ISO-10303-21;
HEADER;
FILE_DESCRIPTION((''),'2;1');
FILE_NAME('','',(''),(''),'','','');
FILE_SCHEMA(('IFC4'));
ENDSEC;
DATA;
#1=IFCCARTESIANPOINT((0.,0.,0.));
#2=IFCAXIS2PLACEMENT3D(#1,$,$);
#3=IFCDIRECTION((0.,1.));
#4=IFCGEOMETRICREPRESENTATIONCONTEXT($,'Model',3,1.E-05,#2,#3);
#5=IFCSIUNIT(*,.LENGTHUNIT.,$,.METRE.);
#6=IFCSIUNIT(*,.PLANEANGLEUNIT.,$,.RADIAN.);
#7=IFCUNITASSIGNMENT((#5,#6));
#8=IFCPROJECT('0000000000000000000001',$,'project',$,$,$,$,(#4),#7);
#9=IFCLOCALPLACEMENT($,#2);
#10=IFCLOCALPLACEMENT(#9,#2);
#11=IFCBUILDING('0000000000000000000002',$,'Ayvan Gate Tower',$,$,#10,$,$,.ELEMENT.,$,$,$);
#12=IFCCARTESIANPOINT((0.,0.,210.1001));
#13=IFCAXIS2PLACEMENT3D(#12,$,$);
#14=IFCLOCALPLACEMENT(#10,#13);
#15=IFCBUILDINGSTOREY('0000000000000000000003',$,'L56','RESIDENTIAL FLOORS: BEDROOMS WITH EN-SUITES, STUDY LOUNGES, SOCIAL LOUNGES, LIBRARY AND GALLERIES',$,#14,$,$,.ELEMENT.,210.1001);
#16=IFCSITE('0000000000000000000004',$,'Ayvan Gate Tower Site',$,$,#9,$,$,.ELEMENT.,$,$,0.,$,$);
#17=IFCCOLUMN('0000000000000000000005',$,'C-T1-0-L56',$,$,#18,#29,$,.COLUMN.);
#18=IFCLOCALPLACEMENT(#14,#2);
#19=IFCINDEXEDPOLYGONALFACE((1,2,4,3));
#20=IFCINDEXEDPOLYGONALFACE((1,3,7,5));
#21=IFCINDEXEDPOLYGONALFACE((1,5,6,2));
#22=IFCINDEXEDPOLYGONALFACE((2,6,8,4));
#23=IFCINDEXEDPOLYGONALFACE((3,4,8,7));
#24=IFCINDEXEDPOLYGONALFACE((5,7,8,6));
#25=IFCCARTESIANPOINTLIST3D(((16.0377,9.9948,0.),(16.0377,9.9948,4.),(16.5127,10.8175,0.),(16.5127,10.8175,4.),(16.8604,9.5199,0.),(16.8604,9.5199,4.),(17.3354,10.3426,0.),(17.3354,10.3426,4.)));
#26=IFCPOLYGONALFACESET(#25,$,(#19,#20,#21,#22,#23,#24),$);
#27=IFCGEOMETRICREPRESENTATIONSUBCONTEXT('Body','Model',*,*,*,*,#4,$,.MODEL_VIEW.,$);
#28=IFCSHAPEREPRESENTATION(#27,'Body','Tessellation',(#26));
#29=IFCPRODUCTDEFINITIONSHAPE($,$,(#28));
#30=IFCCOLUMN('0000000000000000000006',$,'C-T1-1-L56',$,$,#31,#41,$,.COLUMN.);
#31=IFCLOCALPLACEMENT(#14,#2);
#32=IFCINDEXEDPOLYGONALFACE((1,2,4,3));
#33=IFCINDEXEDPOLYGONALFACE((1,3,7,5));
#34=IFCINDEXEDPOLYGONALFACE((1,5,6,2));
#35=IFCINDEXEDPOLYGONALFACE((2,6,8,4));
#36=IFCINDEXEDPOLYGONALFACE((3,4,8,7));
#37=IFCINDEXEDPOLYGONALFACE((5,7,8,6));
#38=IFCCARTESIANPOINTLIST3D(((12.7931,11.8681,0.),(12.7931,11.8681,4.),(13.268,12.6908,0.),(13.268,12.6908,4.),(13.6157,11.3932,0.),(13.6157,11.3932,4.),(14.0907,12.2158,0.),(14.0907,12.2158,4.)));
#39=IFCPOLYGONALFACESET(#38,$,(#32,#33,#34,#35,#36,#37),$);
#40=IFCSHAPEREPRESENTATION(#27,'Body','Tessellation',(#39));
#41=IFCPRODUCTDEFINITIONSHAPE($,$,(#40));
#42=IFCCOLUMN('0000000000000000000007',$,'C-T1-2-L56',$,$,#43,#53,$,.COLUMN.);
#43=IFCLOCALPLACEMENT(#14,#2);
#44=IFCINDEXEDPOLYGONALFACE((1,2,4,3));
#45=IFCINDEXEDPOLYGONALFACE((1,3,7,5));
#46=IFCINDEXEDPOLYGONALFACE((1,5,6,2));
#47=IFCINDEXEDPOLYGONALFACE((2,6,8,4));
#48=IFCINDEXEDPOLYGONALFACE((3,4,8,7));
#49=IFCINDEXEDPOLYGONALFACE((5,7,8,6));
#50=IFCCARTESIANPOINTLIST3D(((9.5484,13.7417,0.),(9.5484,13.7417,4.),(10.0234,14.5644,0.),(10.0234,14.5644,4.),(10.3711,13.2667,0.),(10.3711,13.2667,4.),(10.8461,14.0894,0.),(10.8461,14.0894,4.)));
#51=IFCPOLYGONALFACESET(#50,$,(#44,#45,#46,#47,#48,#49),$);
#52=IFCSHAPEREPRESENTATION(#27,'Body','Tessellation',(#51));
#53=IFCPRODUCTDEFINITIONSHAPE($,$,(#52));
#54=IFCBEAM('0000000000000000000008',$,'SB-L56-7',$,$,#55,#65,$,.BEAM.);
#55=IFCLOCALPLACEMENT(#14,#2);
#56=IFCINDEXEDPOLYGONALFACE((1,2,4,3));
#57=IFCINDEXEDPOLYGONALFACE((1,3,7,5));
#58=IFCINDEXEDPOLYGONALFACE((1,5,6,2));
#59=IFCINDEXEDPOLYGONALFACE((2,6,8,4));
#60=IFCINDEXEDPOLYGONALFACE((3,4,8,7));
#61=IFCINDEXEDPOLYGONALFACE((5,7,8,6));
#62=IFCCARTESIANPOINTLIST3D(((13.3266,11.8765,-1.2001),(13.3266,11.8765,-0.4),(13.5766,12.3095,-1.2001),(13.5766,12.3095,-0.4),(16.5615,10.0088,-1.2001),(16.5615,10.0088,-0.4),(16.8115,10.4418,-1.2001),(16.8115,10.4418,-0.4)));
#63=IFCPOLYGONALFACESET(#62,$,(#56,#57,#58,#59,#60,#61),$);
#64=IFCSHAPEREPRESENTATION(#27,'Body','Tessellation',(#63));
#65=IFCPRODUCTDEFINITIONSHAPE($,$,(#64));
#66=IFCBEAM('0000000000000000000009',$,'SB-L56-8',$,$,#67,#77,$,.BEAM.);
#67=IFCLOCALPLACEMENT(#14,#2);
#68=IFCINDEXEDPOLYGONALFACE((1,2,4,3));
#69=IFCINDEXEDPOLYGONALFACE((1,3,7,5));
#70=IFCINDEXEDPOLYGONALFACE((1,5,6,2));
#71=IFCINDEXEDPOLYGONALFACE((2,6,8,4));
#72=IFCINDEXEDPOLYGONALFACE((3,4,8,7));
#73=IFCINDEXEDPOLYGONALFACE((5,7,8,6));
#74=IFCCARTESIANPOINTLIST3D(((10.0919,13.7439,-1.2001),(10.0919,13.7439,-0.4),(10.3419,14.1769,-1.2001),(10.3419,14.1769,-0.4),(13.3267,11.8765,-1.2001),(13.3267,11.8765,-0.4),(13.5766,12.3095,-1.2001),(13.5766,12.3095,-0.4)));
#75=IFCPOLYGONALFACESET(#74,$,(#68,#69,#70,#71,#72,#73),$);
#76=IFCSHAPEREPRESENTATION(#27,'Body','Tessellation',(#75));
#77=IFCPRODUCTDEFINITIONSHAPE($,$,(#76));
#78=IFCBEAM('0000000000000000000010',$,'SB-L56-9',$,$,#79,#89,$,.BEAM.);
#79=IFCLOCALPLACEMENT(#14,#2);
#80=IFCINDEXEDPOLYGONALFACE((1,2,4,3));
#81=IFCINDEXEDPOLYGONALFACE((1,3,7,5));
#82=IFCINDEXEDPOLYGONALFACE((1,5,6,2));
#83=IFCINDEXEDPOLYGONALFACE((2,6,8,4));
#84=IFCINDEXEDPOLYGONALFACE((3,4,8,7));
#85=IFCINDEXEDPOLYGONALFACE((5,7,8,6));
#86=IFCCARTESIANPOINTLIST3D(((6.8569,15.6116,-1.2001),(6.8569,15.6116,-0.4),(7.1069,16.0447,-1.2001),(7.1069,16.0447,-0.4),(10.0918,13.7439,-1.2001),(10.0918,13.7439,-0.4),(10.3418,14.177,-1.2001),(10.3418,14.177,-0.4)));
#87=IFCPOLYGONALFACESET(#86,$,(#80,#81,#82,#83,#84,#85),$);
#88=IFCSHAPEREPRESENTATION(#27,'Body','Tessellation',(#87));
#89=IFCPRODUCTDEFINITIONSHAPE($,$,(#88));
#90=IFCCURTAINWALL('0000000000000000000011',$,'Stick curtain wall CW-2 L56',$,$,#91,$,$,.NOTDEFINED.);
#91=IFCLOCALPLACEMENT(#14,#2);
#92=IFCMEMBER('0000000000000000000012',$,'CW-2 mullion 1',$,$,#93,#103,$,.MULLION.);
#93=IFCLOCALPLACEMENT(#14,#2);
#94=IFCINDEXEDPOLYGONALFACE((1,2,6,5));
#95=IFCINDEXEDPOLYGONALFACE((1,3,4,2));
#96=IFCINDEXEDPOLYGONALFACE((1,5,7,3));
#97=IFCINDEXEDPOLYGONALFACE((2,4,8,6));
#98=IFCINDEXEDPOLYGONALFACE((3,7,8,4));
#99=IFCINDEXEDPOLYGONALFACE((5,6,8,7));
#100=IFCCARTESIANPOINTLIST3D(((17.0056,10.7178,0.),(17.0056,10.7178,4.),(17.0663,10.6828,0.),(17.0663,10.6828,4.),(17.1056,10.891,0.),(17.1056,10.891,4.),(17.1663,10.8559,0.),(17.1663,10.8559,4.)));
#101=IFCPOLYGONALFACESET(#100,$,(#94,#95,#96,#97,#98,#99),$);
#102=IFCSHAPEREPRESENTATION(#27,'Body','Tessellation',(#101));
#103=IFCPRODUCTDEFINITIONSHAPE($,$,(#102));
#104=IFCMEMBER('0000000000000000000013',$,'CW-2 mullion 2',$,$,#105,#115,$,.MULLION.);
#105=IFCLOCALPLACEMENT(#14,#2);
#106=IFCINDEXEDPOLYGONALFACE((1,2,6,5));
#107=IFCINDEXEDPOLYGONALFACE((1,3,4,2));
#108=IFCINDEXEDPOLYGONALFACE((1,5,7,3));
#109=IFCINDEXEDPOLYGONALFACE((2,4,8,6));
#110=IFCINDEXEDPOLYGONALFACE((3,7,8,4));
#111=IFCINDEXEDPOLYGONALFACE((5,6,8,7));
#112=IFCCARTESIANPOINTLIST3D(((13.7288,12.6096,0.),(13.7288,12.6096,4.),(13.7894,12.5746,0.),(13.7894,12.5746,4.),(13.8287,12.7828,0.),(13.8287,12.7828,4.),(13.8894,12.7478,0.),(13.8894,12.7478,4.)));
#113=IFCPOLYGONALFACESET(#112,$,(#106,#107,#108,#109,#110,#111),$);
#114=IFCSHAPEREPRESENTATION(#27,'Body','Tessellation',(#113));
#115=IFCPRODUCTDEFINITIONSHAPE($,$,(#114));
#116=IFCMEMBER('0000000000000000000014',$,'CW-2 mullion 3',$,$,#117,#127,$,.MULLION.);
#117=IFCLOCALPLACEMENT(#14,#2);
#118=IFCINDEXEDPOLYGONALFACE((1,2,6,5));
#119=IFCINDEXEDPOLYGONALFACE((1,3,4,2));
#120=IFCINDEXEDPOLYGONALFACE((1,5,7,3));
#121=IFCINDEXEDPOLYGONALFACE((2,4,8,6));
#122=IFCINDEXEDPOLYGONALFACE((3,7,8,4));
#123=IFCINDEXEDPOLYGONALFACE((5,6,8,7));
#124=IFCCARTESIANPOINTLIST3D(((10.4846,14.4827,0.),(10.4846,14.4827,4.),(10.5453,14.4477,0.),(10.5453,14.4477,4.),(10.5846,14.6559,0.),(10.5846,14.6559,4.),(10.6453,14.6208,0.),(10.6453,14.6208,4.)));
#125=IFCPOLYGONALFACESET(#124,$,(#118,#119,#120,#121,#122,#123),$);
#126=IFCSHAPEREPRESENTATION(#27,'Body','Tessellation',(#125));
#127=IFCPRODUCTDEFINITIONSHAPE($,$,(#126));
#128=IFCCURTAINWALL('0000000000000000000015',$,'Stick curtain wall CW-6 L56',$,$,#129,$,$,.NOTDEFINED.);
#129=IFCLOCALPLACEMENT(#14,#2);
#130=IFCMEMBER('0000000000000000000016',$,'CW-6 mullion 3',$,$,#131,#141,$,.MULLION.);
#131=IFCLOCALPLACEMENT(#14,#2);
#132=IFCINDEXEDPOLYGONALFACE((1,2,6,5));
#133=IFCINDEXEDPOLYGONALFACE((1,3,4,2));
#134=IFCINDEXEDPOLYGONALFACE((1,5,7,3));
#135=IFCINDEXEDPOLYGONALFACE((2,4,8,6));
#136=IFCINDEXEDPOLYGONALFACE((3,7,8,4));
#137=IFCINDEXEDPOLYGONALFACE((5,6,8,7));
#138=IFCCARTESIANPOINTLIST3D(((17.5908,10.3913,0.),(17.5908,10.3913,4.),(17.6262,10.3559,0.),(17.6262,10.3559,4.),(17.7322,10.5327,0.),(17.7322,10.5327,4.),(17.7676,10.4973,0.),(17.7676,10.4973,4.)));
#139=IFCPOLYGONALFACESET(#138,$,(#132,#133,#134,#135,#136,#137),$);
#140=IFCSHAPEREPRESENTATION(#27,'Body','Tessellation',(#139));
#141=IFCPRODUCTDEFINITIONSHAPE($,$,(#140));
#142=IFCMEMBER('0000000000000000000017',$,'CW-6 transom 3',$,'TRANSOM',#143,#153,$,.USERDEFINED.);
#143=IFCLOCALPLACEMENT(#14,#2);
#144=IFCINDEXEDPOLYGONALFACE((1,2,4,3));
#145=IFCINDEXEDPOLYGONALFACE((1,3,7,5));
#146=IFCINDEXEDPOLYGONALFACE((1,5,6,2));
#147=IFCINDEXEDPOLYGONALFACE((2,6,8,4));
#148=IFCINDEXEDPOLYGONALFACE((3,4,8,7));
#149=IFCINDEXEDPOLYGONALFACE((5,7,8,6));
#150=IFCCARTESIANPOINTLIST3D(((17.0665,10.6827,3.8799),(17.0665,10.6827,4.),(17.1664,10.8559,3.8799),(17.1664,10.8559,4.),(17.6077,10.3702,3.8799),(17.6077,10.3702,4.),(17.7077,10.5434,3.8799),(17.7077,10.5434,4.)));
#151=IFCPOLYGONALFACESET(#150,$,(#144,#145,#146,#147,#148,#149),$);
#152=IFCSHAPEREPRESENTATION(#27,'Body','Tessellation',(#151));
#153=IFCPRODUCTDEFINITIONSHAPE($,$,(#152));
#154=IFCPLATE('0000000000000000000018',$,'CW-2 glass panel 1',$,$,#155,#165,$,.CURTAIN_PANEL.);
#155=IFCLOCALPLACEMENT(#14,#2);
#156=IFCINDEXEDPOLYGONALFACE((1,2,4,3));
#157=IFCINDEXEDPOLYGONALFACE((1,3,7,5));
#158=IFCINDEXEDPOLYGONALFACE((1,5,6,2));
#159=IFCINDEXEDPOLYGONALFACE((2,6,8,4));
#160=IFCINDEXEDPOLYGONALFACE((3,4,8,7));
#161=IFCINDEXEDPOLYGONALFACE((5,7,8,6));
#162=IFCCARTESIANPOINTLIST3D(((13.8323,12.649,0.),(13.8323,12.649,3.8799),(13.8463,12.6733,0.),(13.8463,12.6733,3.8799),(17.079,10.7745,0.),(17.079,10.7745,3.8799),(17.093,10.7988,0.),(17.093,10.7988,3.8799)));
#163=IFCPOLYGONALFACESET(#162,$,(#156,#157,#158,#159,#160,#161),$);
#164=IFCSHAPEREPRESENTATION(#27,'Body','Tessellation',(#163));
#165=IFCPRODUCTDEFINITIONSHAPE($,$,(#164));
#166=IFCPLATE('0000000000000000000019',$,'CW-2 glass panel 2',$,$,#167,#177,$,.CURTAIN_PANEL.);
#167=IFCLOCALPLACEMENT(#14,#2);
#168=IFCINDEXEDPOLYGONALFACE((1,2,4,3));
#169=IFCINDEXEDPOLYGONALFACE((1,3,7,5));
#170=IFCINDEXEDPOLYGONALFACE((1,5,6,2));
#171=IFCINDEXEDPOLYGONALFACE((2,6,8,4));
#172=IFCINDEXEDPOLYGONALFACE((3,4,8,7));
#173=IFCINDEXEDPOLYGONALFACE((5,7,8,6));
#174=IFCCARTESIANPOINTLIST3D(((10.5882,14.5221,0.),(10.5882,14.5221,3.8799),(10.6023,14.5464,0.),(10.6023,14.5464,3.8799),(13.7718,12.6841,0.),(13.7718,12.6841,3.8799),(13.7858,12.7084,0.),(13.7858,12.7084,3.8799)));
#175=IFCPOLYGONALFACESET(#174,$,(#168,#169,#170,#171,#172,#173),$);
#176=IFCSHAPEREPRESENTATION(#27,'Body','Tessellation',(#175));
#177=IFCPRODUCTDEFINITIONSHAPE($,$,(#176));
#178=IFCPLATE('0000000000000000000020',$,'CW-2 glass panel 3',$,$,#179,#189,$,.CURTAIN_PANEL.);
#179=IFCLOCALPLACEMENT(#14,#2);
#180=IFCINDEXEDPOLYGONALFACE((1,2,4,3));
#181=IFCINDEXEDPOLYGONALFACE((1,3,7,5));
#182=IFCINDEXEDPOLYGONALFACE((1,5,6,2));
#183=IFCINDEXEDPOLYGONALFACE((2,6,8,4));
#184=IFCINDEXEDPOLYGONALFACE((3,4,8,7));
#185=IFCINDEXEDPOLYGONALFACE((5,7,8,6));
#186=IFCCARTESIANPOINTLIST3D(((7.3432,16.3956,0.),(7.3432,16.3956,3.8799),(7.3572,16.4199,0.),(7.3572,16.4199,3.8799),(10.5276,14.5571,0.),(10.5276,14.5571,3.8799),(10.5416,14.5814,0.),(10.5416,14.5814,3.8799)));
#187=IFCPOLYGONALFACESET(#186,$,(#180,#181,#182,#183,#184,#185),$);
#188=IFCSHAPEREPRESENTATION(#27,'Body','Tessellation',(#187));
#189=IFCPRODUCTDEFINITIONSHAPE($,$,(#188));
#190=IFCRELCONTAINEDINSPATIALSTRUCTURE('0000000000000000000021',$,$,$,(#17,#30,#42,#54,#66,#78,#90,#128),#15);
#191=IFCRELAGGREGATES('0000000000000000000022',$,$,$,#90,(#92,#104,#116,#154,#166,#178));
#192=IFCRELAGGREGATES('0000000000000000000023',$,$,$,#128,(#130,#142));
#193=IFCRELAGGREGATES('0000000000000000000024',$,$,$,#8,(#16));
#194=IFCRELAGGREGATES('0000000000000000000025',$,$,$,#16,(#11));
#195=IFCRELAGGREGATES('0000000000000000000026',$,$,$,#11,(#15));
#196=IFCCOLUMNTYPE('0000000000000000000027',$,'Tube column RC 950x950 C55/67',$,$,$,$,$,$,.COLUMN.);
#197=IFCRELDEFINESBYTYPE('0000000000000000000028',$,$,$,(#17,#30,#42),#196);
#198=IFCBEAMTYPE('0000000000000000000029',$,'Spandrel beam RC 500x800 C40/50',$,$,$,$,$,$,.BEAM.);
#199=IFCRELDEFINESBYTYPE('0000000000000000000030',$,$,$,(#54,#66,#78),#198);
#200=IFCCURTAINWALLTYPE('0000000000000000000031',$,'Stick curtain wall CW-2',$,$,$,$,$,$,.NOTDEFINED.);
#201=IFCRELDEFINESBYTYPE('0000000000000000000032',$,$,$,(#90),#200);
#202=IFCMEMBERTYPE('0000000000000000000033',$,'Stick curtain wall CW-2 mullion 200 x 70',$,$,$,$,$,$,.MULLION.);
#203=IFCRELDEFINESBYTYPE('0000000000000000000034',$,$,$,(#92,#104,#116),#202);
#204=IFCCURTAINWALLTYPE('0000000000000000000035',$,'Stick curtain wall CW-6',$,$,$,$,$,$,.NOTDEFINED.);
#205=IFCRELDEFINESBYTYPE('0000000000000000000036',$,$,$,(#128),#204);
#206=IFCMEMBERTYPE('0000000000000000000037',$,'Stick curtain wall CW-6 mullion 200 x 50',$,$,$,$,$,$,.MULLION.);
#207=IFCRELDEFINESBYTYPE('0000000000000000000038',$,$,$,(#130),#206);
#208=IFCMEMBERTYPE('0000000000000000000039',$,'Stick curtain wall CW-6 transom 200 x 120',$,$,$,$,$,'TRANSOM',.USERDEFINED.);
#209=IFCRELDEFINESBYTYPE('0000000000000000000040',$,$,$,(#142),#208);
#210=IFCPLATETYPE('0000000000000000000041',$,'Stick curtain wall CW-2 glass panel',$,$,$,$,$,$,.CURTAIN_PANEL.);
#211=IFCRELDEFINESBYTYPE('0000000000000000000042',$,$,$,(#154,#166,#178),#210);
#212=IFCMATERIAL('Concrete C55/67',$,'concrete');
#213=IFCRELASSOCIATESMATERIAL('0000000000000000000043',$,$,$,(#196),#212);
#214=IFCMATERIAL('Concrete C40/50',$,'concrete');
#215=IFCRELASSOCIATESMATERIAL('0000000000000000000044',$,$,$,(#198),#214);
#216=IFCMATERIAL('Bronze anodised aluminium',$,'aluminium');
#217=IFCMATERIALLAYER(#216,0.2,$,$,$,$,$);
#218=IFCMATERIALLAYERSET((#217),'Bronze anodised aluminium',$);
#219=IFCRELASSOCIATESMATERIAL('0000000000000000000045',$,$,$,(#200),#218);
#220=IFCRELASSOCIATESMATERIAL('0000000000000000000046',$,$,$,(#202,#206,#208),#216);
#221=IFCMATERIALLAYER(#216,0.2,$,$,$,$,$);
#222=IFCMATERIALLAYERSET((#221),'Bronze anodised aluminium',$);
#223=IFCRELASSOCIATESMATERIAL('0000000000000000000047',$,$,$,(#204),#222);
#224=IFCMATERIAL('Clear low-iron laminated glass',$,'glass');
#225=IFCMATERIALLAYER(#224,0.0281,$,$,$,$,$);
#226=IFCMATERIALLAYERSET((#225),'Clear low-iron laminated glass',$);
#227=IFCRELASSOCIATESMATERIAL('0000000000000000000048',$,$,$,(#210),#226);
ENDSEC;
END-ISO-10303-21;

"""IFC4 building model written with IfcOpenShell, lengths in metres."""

from ifc_helpers import new_model, si_unit, direction, frame, origin, origin_2d, place, context, subcontext, project, spatial, rectangle, extrude, material, layer, layer_set, material_profile, profile_set, type_object, element, aggregate, save


model = new_model("IFC4")

# Units and contexts
model_context = context("Model", 3, precision=1e-05, world=origin(), true_north=direction((0.0, 1.0)))
body_context = subcontext(model_context, "Body", "Model", "MODEL_VIEW")
ifc_project = project(units=[si_unit("LENGTHUNIT", "METRE"), si_unit("PLANEANGLEUNIT", "RADIAN")], contexts=[model_context])

# Site, building, storey
site_placement = place(None, origin())
site = spatial("IfcSite", under=ifc_project, at=site_placement, Name="Ayvan Gate Tower Site", CompositionType="ELEMENT", RefElevation=0.0)
building_placement = place(site_placement, origin())
building = spatial("IfcBuilding", under=site, at=building_placement, Name="Ayvan Gate Tower", CompositionType="ELEMENT")
storey_placement = place(building_placement, frame((0.0, 0.0, 210.1001)))
storey = spatial("IfcBuildingStorey", under=building, at=storey_placement, Name="L56", Description="RESIDENTIAL FLOORS: BEDROOMS WITH EN-SUITES, STUDY LOUNGES, SOCIAL LOUNGES, LIBRARY AND GALLERIES", CompositionType="ELEMENT", Elevation=210.1001)

# Columns
ifc_material_1 = material(Name="Concrete C55/67", Category="concrete")
ifc_material_profile_1 = material_profile(ifc_material_1, rectangle(XDim=0.95, YDim=0.95, at=origin_2d()), Name="RC 950x950")
ifc_profile_set_1 = profile_set([ifc_material_profile_1], Name="Concrete C55/67")
column_type = type_object("IfcColumnType", Name="Tube column RC 950x950 C55/67", PredefinedType="COLUMN", material=ifc_profile_set_1)
for number, where, z_axis, x_axis, name in (
    (1, (16.6865, 10.1687, 0.0), (0.0, 0.0, 1.0), (0.5, 0.866025, 0.0), "C-T1-0-L56"),
    (2, (13.4419, 12.042, 0.0), (0.0, 0.0, 1.0), (0.5, 0.866025, 0.0), "C-T1-1-L56"),
    (3, (10.1973, 13.9155, 0.0), (0.0, 0.0, 1.0), (0.5, 0.866025, 0.0), "C-T1-2-L56"),
):
    element("IfcColumn", number, at=place(storey_placement, frame(where, z_axis=z_axis, x_axis=x_axis)), inside=storey, type_object=column_type, Name=name, PredefinedType="COLUMN", context=body_context, shape_type="SweptSolid", body=[
        extrude(rectangle(XDim=0.95, YDim=0.95, at=origin_2d()), origin(), (0.0, 0.0, 1.0), 4.0),
    ])

# Beams
ifc_material_2 = material(Name="Concrete C40/50", Category="concrete")
ifc_material_profile_2 = material_profile(ifc_material_2, rectangle(XDim=0.5, YDim=0.8, at=origin_2d()), Name="RC 500x800")
ifc_profile_set_2 = profile_set([ifc_material_profile_2], Name="Concrete C40/50")
beam_type = type_object("IfcBeamType", Name="Spandrel beam RC 500x800 C40/50", PredefinedType="BEAM", material=ifc_profile_set_2)
beam_1_placement = place(storey_placement, frame((16.6865, 10.2253, -0.8), z_axis=(-0.866022, 0.500005, 0.0), x_axis=(-0.500005, -0.866022, 0.0)))
element("IfcBeam", 4, at=beam_1_placement, inside=storey, type_object=beam_type, Name="SB-L56-7", PredefinedType="BEAM", context=body_context, shape_type="SweptSolid", body=[
    extrude(rectangle(XDim=0.5, YDim=0.8, at=origin_2d()), origin(), (0.0, 0.0, 1.0), 3.7354),
])
beam_2_placement = place(storey_placement, frame((13.4517, 12.093, -0.8), z_axis=(-0.866051, 0.499956, 0.0), x_axis=(-0.499956, -0.866051, 0.0)))
element("IfcBeam", 5, at=beam_2_placement, inside=storey, type_object=beam_type, Name="SB-L56-8", PredefinedType="BEAM", context=body_context, shape_type="SweptSolid", body=[
    extrude(rectangle(XDim=0.5, YDim=0.8, at=origin_2d()), origin(), (0.0, 0.0, 1.0), 3.7351),
])
beam_3_placement = place(storey_placement, frame((10.2168, 13.9604, -0.8), z_axis=(-0.866022, 0.500005, 0.0), x_axis=(-0.500005, -0.866022, 0.0)))
element("IfcBeam", 6, at=beam_3_placement, inside=storey, type_object=beam_type, Name="SB-L56-9", PredefinedType="BEAM", context=body_context, shape_type="SweptSolid", body=[
    extrude(rectangle(XDim=0.5, YDim=0.8, at=origin_2d()), origin(), (0.0, 0.0, 1.0), 3.7354),
])

# Curtain walls, members
ifc_material_3 = material(Name="Bronze anodised aluminium", Category="aluminium")
ifc_layer_1 = layer(ifc_material_3, 0.2)
ifc_layer_set_1 = layer_set([ifc_layer_1], Name="Bronze anodised aluminium")
curtain_wall_type_1 = type_object("IfcCurtainWallType", Name="Stick curtain wall CW-2", PredefinedType="NOTDEFINED", material=ifc_layer_set_1)
curtain_wall_1_placement = place(storey_placement, origin())
curtain_wall_1 = element("IfcCurtainWall", 7, at=curtain_wall_1_placement, inside=storey, type_object=curtain_wall_type_1, Name="Stick curtain wall CW-2 L56", PredefinedType="NOTDEFINED")
ifc_material_profile_3 = material_profile(ifc_material_3, rectangle(XDim=0.2, YDim=0.0701, at=origin_2d()), Name="Stick curtain wall CW-2 mullion 200 x 70")
ifc_profile_set_3 = profile_set([ifc_material_profile_3], Name="Bronze anodised aluminium")
member_type_1 = type_object("IfcMemberType", Name="Stick curtain wall CW-2 mullion 200 x 70", PredefinedType="MULLION", material=ifc_profile_set_3)
member_1_placement = place(storey_placement, frame((17.0859, 10.7869, 0.0), z_axis=(0.0, 0.0, 1.0), x_axis=(0.5, 0.866025, 0.0)))
member_1 = element("IfcMember", 8, at=member_1_placement, type_object=member_type_1, Name="CW-2 mullion 1", PredefinedType="MULLION", context=body_context, shape_type="SweptSolid", body=[
    extrude(rectangle(XDim=0.2, YDim=0.0701, at=origin_2d()), origin(), (0.0, 0.0, 1.0), 4.0),
])
member_2_placement = place(storey_placement, frame((13.8091, 12.6787, 0.0), z_axis=(0.0, 0.0, 1.0), x_axis=(0.5, 0.866025, 0.0)))
member_2 = element("IfcMember", 9, at=member_2_placement, type_object=member_type_1, Name="CW-2 mullion 2", PredefinedType="MULLION", context=body_context, shape_type="SweptSolid", body=[
    extrude(rectangle(XDim=0.2, YDim=0.0701, at=origin_2d()), origin(), (0.0, 0.0, 1.0), 4.0),
])
member_3_placement = place(storey_placement, frame((10.5649, 14.5518, 0.0), z_axis=(0.0, 0.0, 1.0), x_axis=(0.5, 0.866025, 0.0)))
member_3 = element("IfcMember", 10, at=member_3_placement, type_object=member_type_1, Name="CW-2 mullion 3", PredefinedType="MULLION", context=body_context, shape_type="SweptSolid", body=[
    extrude(rectangle(XDim=0.2, YDim=0.0701, at=origin_2d()), origin(), (0.0, 0.0, 1.0), 4.0),
])
ifc_layer_2 = layer(ifc_material_3, 0.2)
ifc_layer_set_2 = layer_set([ifc_layer_2], Name="Bronze anodised aluminium")
curtain_wall_type_2 = type_object("IfcCurtainWallType", Name="Stick curtain wall CW-6", PredefinedType="NOTDEFINED", material=ifc_layer_set_2)
curtain_wall_2_placement = place(storey_placement, origin())
curtain_wall_2 = element("IfcCurtainWall", 11, at=curtain_wall_2_placement, inside=storey, type_object=curtain_wall_type_2, Name="Stick curtain wall CW-6 L56", PredefinedType="NOTDEFINED")
ifc_material_profile_4 = material_profile(ifc_material_3, rectangle(XDim=0.2, YDim=0.05, at=origin_2d()), Name="Stick curtain wall CW-6 mullion 200 x 50")
ifc_profile_set_4 = profile_set([ifc_material_profile_4], Name="Bronze anodised aluminium")
member_type_2 = type_object("IfcMemberType", Name="Stick curtain wall CW-6 mullion 200 x 50", PredefinedType="MULLION", material=ifc_profile_set_4)
member_4_placement = place(storey_placement, frame((17.6792, 10.4443, 0.0), z_axis=(0.0, 0.0, 1.0), x_axis=(0.707107, 0.707107, 0.0)))
member_4 = element("IfcMember", 12, at=member_4_placement, type_object=member_type_2, Name="CW-6 mullion 3", PredefinedType="MULLION", context=body_context, shape_type="SweptSolid", body=[
    extrude(rectangle(XDim=0.2, YDim=0.05, at=origin_2d()), origin(), (0.0, 0.0, 1.0), 4.0),
])
ifc_material_profile_5 = material_profile(ifc_material_3, rectangle(XDim=0.2, YDim=0.1201, at=origin_2d()), Name="Stick curtain wall CW-6 transom 200 x 120")
ifc_profile_set_5 = profile_set([ifc_material_profile_5], Name="Bronze anodised aluminium")
member_type_3 = type_object("IfcMemberType", Name="Stick curtain wall CW-6 transom 200 x 120", ElementType="TRANSOM", PredefinedType="USERDEFINED", material=ifc_profile_set_5)
member_5_placement = place(storey_placement, frame((17.6577, 10.4568, 3.9399), z_axis=(-0.866023, 0.500004, 0.0), x_axis=(-0.500004, -0.866023, 0.0)))
member_5 = element("IfcMember", 13, at=member_5_placement, type_object=member_type_3, Name="CW-6 transom 3", ObjectType="TRANSOM", PredefinedType="USERDEFINED", context=body_context, shape_type="SweptSolid", body=[
    extrude(rectangle(XDim=0.2, YDim=0.1201, at=origin_2d()), origin(), (0.0, 0.0, 1.0), 0.625),
])

# Plates
ifc_material_4 = material(Name="Clear low-iron laminated glass", Category="glass")
ifc_layer_3 = layer(ifc_material_4, 0.0281)
ifc_layer_set_3 = layer_set([ifc_layer_3], Name="Clear low-iron laminated glass")
plate_type_1 = type_object("IfcPlateType", Name="Stick curtain wall CW-2 glass panel", PredefinedType="CURTAIN_PANEL", material=ifc_layer_set_3)
plate_1_placement = place(storey_placement, frame((15.4626, 11.7239, 0.0), z_axis=(0.0, 0.0, 1.0), x_axis=(-0.866025, 0.5, 0.0)))
plate_1 = element("IfcPlate", 14, at=plate_1_placement, type_object=plate_type_1, Name="CW-2 glass panel 1", PredefinedType="CURTAIN_PANEL", context=body_context, shape_type="SweptSolid", body=[
    extrude(rectangle(XDim=3.749, YDim=0.0281, at=origin_2d()), origin(), (0.0, 0.0, 1.0), 3.8799),
])
plate_2_placement = place(storey_placement, frame((12.187, 13.6152, 0.0), z_axis=(0.0, 0.0, 1.0), x_axis=(-0.866025, 0.5, 0.0)))
plate_2 = element("IfcPlate", 15, at=plate_2_placement, type_object=plate_type_1, Name="CW-2 glass panel 2", PredefinedType="CURTAIN_PANEL", context=body_context, shape_type="SweptSolid", body=[
    extrude(rectangle(XDim=3.676, YDim=0.0281, at=origin_2d()), origin(), (0.0, 0.0, 1.0), 3.8799),
])
plate_3_placement = place(storey_placement, frame((8.9424, 15.4885, 0.0), z_axis=(0.0, 0.0, 1.0), x_axis=(-0.866025, 0.5, 0.0)))
plate_3 = element("IfcPlate", 16, at=plate_3_placement, type_object=plate_type_1, Name="CW-2 glass panel 3", PredefinedType="CURTAIN_PANEL", context=body_context, shape_type="SweptSolid", body=[
    extrude(rectangle(XDim=3.677, YDim=0.0281, at=origin_2d()), origin(), (0.0, 0.0, 1.0), 3.8799),
])
aggregate(curtain_wall_1, [member_1, member_2, member_3, plate_1, plate_2, plate_3])
aggregate(curtain_wall_2, [member_4, member_5])

save(model, "model.ifc")
